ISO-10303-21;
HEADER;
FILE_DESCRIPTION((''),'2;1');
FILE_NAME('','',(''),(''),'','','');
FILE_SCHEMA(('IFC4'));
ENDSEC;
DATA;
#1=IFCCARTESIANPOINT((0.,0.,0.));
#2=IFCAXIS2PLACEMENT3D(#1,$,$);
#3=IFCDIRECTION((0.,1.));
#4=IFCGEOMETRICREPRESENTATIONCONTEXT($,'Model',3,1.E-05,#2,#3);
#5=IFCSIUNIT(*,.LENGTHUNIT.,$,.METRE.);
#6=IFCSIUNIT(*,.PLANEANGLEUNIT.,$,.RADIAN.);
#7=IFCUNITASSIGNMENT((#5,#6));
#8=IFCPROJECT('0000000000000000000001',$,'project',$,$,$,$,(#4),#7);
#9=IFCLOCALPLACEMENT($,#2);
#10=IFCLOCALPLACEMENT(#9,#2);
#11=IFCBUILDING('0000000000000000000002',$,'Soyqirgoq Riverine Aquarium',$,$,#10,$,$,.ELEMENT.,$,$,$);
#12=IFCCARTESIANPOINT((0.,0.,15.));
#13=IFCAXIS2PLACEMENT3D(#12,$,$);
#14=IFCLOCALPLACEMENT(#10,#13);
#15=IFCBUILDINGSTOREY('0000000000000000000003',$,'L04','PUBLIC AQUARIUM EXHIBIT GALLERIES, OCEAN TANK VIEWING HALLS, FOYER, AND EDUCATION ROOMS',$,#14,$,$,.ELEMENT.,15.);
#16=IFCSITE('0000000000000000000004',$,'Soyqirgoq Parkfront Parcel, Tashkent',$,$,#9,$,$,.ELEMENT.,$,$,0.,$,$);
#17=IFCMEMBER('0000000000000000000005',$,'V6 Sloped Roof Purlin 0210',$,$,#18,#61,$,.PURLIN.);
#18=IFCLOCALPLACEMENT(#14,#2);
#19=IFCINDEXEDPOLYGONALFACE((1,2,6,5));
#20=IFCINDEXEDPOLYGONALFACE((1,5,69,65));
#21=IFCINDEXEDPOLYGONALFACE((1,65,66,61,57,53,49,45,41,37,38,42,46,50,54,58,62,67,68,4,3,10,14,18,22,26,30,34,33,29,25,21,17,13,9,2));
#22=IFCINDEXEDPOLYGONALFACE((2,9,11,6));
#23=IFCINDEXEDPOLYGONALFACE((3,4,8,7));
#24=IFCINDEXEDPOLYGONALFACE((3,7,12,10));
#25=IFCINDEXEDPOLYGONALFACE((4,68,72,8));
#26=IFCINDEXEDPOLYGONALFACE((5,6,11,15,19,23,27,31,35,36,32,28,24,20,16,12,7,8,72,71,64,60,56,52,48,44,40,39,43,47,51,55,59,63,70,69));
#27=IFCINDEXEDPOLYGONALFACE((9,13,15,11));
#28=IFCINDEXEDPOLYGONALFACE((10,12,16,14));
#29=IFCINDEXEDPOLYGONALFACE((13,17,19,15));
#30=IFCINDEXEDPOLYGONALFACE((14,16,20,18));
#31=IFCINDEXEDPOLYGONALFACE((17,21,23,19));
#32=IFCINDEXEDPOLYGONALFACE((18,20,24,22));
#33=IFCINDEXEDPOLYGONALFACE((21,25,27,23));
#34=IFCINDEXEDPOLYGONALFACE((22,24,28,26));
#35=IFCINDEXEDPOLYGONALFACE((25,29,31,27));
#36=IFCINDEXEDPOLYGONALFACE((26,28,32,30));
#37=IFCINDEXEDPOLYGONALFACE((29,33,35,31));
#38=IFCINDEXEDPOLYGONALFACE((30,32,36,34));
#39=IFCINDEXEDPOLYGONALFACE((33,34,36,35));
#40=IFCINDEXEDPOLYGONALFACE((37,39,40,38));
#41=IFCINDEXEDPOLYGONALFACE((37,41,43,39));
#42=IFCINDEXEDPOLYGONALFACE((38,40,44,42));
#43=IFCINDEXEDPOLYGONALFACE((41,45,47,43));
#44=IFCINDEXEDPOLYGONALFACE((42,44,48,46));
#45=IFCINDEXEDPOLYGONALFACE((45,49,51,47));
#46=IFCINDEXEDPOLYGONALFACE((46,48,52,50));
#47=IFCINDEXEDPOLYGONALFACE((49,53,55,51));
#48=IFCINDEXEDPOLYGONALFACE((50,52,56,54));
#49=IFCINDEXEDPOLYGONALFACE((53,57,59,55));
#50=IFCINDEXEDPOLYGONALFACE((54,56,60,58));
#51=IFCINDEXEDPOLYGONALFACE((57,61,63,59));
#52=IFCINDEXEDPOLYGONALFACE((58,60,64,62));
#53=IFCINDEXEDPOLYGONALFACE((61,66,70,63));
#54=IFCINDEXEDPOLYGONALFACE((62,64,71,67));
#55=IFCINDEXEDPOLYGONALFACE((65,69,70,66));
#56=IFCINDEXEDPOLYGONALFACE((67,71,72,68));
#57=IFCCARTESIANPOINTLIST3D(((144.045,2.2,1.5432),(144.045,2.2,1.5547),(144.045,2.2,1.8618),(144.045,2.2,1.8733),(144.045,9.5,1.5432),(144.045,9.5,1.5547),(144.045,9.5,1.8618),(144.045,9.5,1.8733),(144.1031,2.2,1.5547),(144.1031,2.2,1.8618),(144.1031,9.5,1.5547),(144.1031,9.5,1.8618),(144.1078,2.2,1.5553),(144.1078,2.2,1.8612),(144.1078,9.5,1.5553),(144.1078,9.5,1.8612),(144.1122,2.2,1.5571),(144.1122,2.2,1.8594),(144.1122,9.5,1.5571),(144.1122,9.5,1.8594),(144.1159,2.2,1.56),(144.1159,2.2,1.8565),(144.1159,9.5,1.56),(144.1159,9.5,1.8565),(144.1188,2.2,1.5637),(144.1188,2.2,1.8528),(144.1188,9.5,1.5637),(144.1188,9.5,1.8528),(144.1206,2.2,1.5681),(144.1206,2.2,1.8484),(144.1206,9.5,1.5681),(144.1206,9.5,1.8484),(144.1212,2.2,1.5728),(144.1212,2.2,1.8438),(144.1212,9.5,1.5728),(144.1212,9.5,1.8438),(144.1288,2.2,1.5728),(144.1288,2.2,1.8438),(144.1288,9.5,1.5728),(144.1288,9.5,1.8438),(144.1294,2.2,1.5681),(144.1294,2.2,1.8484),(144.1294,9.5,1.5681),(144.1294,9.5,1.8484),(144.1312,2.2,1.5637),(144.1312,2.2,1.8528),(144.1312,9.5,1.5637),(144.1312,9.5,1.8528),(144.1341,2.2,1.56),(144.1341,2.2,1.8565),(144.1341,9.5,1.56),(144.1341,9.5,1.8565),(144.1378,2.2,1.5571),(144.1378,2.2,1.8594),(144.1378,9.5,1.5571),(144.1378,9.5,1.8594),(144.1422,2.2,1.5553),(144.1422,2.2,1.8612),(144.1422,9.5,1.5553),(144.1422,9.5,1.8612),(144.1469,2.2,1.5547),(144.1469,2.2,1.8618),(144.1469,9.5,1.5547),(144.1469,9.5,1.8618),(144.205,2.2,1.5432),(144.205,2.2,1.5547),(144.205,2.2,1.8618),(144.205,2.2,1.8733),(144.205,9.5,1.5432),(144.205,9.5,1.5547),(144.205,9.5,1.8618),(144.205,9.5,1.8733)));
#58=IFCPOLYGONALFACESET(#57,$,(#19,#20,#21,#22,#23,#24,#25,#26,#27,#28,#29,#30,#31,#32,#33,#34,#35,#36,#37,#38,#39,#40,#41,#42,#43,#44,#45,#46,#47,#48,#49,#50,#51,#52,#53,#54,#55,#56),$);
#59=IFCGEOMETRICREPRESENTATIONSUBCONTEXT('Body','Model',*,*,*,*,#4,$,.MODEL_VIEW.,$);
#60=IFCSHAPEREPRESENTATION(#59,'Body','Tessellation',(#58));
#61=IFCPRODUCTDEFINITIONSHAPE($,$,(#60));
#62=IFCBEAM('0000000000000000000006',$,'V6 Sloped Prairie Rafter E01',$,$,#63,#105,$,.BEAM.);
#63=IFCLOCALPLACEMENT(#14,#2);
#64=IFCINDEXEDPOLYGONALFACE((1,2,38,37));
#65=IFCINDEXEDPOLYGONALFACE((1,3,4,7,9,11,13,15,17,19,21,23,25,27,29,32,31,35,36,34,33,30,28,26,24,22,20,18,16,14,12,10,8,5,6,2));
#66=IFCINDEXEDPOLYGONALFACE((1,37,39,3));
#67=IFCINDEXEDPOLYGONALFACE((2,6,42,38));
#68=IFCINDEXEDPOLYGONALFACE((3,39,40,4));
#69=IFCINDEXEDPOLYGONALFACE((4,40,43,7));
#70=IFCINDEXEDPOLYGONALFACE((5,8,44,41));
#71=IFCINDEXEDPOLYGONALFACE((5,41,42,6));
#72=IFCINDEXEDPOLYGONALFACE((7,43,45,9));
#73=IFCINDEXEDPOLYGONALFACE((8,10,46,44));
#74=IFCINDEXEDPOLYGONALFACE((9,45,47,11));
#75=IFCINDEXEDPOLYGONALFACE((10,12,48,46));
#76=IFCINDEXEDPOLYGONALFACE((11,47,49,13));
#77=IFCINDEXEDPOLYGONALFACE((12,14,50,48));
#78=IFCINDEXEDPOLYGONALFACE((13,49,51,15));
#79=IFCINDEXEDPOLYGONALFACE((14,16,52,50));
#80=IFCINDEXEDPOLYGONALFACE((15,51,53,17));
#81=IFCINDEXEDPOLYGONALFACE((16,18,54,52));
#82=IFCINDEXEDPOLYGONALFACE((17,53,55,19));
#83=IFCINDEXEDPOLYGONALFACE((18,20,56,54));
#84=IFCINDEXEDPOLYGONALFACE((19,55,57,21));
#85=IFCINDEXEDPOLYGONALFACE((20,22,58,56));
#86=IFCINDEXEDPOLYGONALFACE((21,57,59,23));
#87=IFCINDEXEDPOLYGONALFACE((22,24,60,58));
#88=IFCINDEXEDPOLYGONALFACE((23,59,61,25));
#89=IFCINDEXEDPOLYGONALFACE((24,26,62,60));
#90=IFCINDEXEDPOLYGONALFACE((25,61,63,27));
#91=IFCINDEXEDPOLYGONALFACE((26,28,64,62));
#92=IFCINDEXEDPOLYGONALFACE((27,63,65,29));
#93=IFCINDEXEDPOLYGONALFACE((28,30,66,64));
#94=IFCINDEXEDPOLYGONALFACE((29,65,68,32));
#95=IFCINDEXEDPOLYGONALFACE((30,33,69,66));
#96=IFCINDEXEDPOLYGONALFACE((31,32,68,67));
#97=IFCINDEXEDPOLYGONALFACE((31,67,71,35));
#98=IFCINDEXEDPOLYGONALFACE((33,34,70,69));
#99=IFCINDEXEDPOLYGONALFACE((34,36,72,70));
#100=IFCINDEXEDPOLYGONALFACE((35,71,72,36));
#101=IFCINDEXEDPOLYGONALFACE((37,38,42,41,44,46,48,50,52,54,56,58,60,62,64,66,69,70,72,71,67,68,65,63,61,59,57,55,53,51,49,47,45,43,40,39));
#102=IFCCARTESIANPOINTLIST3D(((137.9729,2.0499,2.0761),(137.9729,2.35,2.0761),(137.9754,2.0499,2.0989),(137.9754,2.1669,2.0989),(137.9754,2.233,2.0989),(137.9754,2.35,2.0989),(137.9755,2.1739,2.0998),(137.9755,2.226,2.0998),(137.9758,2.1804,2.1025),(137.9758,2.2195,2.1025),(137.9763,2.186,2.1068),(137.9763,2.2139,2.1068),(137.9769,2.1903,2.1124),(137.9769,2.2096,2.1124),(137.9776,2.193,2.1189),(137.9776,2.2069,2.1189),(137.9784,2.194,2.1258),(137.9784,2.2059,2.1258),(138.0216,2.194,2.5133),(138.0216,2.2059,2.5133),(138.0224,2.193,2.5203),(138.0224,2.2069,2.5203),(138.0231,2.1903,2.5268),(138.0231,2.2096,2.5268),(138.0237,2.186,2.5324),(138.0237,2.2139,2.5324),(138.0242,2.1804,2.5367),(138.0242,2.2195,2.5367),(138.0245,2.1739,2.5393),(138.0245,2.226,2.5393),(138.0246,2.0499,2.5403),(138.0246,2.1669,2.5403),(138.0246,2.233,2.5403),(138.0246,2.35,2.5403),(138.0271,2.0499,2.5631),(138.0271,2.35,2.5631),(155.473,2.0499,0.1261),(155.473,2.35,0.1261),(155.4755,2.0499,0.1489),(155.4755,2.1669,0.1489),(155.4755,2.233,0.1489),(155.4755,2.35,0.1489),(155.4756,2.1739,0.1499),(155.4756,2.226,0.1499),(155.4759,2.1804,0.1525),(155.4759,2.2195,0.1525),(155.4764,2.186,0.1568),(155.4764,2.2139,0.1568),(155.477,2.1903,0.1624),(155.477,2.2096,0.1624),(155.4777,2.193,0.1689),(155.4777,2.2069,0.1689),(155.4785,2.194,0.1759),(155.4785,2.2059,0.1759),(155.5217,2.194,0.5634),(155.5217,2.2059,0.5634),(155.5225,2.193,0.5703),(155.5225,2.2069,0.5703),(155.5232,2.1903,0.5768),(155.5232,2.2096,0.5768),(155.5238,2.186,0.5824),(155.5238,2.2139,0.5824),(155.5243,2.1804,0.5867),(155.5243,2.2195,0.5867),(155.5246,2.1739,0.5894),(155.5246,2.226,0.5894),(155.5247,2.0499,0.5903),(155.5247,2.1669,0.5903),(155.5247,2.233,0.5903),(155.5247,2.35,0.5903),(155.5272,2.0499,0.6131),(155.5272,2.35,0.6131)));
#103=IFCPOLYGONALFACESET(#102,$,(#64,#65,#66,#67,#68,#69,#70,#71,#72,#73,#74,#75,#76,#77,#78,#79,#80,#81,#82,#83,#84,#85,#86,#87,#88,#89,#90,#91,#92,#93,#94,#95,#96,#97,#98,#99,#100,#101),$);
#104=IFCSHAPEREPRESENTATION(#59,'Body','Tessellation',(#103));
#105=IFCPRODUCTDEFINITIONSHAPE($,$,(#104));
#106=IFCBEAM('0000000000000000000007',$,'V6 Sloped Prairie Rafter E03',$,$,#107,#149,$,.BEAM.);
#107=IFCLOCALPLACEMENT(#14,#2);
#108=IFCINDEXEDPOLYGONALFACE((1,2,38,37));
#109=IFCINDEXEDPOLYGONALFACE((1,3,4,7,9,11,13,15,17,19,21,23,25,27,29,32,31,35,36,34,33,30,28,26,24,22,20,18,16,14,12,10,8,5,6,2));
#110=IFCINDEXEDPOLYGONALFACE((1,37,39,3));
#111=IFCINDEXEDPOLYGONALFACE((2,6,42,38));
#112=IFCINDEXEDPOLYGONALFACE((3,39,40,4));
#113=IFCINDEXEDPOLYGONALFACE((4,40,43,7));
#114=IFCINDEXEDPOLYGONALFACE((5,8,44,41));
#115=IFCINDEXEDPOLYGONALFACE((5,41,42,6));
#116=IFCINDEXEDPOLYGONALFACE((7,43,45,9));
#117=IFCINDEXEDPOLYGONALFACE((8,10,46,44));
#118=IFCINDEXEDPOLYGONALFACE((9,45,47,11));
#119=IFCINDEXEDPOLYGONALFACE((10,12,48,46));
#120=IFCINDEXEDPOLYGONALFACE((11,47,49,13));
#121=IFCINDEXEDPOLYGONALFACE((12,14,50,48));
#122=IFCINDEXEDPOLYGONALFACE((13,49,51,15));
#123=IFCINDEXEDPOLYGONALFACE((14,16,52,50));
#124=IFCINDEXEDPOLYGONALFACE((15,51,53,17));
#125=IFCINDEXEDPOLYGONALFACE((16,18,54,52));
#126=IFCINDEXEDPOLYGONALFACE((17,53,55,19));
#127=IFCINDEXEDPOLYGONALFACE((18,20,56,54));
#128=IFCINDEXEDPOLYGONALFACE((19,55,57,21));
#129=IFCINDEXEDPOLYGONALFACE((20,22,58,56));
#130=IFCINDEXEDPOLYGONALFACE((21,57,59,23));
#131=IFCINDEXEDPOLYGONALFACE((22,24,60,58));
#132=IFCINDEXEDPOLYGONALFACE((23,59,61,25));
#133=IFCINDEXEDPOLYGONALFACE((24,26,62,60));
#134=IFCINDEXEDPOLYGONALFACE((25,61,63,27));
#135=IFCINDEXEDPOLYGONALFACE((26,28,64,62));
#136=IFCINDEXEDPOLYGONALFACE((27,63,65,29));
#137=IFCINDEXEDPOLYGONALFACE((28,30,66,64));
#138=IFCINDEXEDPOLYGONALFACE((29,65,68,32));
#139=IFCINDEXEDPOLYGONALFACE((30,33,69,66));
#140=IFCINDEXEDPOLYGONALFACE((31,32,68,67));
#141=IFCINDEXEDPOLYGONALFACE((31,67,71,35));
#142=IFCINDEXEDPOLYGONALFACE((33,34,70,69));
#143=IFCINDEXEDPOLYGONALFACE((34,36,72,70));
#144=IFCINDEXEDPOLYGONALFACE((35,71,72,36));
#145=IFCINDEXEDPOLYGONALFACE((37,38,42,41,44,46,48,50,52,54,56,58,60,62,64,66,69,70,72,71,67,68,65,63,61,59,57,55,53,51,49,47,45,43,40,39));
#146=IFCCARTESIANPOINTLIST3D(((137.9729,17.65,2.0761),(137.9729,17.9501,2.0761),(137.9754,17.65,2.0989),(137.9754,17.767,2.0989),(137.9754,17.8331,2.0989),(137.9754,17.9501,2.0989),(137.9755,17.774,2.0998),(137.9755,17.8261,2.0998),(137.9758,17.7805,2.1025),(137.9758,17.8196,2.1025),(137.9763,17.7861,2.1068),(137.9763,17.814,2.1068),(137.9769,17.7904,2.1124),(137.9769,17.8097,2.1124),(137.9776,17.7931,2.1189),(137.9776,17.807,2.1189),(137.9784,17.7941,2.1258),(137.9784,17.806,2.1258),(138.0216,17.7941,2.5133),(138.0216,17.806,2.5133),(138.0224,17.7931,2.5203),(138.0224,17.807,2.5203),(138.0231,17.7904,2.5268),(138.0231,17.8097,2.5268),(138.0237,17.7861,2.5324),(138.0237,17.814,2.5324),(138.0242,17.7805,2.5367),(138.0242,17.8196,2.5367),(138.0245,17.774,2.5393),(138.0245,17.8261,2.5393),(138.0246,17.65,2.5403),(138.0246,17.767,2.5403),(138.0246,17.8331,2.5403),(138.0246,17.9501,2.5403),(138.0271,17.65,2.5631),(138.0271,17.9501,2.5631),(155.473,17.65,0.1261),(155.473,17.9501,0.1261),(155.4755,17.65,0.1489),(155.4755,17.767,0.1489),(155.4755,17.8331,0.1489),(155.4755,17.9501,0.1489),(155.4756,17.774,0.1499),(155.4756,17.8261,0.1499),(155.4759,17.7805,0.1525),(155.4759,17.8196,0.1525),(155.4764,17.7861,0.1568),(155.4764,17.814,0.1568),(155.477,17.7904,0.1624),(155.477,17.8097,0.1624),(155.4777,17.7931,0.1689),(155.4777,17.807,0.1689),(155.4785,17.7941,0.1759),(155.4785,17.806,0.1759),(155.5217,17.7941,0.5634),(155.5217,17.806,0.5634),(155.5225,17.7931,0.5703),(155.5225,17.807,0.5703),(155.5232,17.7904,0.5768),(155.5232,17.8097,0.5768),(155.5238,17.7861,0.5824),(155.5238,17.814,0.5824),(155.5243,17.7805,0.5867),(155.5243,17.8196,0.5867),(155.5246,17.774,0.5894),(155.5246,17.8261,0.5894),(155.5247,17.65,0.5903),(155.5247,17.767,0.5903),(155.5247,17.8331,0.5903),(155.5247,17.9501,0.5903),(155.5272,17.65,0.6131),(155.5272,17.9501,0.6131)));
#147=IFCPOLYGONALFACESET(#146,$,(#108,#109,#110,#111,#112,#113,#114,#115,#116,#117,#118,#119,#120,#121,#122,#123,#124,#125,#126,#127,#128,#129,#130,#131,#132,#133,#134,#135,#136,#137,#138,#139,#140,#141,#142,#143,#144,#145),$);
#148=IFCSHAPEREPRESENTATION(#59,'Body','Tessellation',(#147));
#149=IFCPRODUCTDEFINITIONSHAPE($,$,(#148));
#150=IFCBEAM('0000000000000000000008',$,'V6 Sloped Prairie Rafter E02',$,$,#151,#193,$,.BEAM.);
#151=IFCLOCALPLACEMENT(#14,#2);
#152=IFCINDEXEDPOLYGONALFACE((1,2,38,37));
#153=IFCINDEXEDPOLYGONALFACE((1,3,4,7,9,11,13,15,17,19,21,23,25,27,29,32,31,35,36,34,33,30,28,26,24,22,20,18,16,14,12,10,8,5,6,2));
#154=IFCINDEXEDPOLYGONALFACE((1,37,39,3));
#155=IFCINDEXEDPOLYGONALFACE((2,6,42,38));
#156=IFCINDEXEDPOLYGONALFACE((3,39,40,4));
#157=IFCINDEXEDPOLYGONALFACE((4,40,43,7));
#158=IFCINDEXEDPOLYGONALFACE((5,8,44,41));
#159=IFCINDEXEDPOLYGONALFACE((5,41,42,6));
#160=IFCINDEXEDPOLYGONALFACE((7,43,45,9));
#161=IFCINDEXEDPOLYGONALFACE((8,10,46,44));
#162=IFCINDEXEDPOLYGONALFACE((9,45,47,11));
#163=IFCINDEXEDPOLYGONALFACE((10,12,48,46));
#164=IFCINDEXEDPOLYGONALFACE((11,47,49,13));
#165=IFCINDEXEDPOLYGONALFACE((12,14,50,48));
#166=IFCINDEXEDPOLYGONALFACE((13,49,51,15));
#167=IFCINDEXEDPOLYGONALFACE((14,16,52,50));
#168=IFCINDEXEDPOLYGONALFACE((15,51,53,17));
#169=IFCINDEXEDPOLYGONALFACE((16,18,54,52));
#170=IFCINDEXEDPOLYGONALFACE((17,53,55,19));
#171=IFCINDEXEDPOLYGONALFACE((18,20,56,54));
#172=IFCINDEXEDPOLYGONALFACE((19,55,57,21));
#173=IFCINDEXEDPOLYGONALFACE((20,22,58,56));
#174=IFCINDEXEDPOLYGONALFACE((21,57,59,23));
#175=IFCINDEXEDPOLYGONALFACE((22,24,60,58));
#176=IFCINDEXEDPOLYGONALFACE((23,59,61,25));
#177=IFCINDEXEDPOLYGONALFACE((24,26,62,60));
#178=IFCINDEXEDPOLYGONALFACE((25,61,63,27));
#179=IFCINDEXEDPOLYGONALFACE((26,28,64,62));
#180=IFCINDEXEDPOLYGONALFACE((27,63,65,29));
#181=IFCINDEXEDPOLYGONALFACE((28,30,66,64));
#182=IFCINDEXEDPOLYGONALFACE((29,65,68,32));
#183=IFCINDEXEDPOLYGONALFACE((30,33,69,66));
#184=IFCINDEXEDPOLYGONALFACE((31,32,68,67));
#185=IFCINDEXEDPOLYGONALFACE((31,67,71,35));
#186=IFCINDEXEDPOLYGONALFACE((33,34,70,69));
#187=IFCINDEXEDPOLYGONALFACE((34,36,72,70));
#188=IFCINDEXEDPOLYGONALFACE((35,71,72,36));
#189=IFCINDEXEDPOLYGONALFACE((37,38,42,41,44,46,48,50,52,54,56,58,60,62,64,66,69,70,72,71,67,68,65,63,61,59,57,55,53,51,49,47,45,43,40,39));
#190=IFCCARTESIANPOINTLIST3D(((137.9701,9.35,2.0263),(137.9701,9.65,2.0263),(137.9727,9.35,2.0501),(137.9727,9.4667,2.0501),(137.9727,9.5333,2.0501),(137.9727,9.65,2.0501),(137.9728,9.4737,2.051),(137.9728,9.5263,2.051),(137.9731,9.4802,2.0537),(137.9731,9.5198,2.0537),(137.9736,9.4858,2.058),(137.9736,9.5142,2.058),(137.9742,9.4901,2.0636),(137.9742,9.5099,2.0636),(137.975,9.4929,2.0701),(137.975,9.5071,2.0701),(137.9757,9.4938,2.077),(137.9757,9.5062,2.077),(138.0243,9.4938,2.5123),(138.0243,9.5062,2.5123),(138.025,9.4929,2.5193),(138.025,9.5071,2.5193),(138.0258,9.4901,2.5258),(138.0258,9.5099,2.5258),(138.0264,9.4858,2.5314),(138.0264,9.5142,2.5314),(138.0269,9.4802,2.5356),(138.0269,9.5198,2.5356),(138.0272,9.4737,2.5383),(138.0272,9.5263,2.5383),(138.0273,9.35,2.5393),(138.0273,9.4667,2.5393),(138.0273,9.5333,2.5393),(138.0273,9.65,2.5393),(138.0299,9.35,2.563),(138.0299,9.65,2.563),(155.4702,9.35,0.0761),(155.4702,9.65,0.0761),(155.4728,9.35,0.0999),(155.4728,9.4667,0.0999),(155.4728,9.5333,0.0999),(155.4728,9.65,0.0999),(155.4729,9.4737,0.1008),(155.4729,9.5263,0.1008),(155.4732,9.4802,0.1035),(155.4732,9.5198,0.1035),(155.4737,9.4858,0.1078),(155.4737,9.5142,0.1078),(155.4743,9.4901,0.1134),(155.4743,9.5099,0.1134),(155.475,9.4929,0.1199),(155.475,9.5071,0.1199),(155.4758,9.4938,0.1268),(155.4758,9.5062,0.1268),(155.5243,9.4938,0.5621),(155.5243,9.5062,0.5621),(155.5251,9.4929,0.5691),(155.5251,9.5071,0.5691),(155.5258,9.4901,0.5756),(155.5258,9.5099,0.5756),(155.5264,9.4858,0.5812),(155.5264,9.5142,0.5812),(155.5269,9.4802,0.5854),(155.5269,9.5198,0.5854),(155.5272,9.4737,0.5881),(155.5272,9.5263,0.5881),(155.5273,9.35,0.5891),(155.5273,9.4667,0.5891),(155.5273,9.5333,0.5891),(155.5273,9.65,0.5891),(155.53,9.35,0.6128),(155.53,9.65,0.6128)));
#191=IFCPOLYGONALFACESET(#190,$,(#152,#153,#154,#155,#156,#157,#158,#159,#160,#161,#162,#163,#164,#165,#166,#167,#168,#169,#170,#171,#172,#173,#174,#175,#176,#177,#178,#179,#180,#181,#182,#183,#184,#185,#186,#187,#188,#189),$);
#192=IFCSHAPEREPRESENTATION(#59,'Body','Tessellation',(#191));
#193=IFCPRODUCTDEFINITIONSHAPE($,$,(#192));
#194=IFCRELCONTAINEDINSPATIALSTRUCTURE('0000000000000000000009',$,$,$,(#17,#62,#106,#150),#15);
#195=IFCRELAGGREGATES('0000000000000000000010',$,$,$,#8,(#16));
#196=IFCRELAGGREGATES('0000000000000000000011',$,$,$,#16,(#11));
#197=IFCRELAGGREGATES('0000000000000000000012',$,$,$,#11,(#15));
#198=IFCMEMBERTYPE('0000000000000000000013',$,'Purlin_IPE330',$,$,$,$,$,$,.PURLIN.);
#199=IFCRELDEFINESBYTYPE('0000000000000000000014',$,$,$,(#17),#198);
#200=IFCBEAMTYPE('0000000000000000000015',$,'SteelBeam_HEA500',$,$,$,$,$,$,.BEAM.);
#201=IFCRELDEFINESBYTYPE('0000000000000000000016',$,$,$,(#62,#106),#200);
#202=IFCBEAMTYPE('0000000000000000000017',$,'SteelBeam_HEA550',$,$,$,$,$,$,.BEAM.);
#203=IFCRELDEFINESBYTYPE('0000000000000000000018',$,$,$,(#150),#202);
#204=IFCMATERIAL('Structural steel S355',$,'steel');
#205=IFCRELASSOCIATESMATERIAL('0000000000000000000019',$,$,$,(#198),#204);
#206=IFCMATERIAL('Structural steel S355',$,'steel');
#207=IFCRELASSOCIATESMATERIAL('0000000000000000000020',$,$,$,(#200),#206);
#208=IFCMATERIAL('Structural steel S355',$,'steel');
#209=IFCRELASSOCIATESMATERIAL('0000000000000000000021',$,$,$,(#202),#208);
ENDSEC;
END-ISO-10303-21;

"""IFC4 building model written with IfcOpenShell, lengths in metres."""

from ifc_helpers import new_model, si_unit, direction, frame, origin, origin_2d, place, context, subcontext, project, spatial, i_section, extrude, material, material_profile, profile_set, type_object, element, save


model = new_model("IFC4")

# Units and contexts
model_context = context("Model", 3, precision=1e-05, world=origin(), true_north=direction((0.0, 1.0)))
body_context = subcontext(model_context, "Body", "Model", "MODEL_VIEW")
ifc_project = project(units=[si_unit("LENGTHUNIT", "METRE"), si_unit("PLANEANGLEUNIT", "RADIAN")], contexts=[model_context])

# Site, building, storey
site_placement = place(None, origin())
site = spatial("IfcSite", under=ifc_project, at=site_placement, Name="Soyqirgoq Parkfront Parcel, Tashkent", CompositionType="ELEMENT", RefElevation=0.0)
building_placement = place(site_placement, origin())
building = spatial("IfcBuilding", under=site, at=building_placement, Name="Soyqirgoq Riverine Aquarium", CompositionType="ELEMENT")
storey_placement = place(building_placement, frame((0.0, 0.0, 15.0)))
storey = spatial("IfcBuildingStorey", under=building, at=storey_placement, Name="L04", Description="PUBLIC AQUARIUM EXHIBIT GALLERIES, OCEAN TANK VIEWING HALLS, FOYER, AND EDUCATION ROOMS", CompositionType="ELEMENT", Elevation=15.0)

# Member
ifc_material_1 = material(Name="Structural steel S355", Category="steel")
ifc_material_profile_1 = material_profile(ifc_material_1, i_section(OverallWidth=0.1599, OverallDepth=0.3301, WebThickness=0.0076, FlangeThickness=0.0115, FilletRadius=0.0181, at=origin_2d()), Name="IPE 330")
ifc_profile_set_1 = profile_set([ifc_material_profile_1], Name="Structural steel S355")
member_type_1 = type_object("IfcMemberType", Name="Purlin_IPE330", PredefinedType="PURLIN", material=ifc_profile_set_1)
member_1_placement = place(storey_placement, frame((144.125, 2.2, 1.7083), z_axis=(0.0, 1.0, 0.0), x_axis=(-1.0, 0.0, 0.0)))
element("IfcMember", 1, at=member_1_placement, inside=storey, type_object=member_type_1, Name="V6 Sloped Roof Purlin 0210", PredefinedType="PURLIN", context=body_context, shape_type="SweptSolid", body=[
    extrude(i_section(OverallWidth=0.1599, OverallDepth=0.3301, WebThickness=0.0076, FlangeThickness=0.0115, FilletRadius=0.0181, at=origin_2d()), origin(), (0.0, 0.0, 1.0), 7.3),
])

# Beams
ifc_material_2 = material(Name="Structural steel S355", Category="steel")
ifc_material_profile_2 = material_profile(ifc_material_2, i_section(OverallWidth=0.3, OverallDepth=0.49, WebThickness=0.012, FlangeThickness=0.0229, FilletRadius=0.0271, at=origin_2d()), Name="HEA 500")
ifc_profile_set_2 = profile_set([ifc_material_profile_2], Name="Structural steel S355")
beam_type_1 = type_object("IfcBeamType", Name="SteelBeam_HEA500", PredefinedType="BEAM", material=ifc_profile_set_2)
for number, where, z_axis, x_axis, name in (
    (2, (138.0, 2.2, 2.3196), (0.993849, 0.0, -0.11074), (0.0, 1.0, 0.0), "V6 Sloped Prairie Rafter E01"),
    (3, (138.0, 17.8, 2.3196), (0.993849, 0.0, -0.11074), (0.0, 1.0, 0.0), "V6 Sloped Prairie Rafter E03"),
):
    element("IfcBeam", number, at=place(storey_placement, frame(where, z_axis=z_axis, x_axis=x_axis)), inside=storey, type_object=beam_type_1, Name=name, PredefinedType="BEAM", context=body_context, shape_type="SweptSolid", body=[
        extrude(i_section(OverallWidth=0.3, OverallDepth=0.49, WebThickness=0.012, FlangeThickness=0.0229, FilletRadius=0.0271, at=origin_2d()), origin(), (0.0, 0.0, 1.0), 17.6084),
    ])
ifc_material_3 = material(Name="Structural steel S355", Category="steel")
ifc_material_profile_3 = material_profile(ifc_material_3, i_section(OverallWidth=0.3, OverallDepth=0.54, WebThickness=0.0125, FlangeThickness=0.0239, FilletRadius=0.0271, at=origin_2d()), Name="HEA 550")
ifc_profile_set_3 = profile_set([ifc_material_profile_3], Name="Structural steel S355")
beam_type_2 = type_object("IfcBeamType", Name="SteelBeam_HEA550", PredefinedType="BEAM", material=ifc_profile_set_3)
beam_1_placement = place(storey_placement, frame((138.0, 9.5, 2.2947), z_axis=(0.993848, 0.0, -0.110754), x_axis=(0.0, 1.0, 0.0)))
element("IfcBeam", 4, at=beam_1_placement, inside=storey, type_object=beam_type_2, Name="V6 Sloped Prairie Rafter E02", PredefinedType="BEAM", context=body_context, shape_type="SweptSolid", body=[
    extrude(i_section(OverallWidth=0.3, OverallDepth=0.54, WebThickness=0.0125, FlangeThickness=0.0239, FilletRadius=0.0271, at=origin_2d()), origin(), (0.0, 0.0, 1.0), 17.6084),
])

save(model, "model.ifc")
